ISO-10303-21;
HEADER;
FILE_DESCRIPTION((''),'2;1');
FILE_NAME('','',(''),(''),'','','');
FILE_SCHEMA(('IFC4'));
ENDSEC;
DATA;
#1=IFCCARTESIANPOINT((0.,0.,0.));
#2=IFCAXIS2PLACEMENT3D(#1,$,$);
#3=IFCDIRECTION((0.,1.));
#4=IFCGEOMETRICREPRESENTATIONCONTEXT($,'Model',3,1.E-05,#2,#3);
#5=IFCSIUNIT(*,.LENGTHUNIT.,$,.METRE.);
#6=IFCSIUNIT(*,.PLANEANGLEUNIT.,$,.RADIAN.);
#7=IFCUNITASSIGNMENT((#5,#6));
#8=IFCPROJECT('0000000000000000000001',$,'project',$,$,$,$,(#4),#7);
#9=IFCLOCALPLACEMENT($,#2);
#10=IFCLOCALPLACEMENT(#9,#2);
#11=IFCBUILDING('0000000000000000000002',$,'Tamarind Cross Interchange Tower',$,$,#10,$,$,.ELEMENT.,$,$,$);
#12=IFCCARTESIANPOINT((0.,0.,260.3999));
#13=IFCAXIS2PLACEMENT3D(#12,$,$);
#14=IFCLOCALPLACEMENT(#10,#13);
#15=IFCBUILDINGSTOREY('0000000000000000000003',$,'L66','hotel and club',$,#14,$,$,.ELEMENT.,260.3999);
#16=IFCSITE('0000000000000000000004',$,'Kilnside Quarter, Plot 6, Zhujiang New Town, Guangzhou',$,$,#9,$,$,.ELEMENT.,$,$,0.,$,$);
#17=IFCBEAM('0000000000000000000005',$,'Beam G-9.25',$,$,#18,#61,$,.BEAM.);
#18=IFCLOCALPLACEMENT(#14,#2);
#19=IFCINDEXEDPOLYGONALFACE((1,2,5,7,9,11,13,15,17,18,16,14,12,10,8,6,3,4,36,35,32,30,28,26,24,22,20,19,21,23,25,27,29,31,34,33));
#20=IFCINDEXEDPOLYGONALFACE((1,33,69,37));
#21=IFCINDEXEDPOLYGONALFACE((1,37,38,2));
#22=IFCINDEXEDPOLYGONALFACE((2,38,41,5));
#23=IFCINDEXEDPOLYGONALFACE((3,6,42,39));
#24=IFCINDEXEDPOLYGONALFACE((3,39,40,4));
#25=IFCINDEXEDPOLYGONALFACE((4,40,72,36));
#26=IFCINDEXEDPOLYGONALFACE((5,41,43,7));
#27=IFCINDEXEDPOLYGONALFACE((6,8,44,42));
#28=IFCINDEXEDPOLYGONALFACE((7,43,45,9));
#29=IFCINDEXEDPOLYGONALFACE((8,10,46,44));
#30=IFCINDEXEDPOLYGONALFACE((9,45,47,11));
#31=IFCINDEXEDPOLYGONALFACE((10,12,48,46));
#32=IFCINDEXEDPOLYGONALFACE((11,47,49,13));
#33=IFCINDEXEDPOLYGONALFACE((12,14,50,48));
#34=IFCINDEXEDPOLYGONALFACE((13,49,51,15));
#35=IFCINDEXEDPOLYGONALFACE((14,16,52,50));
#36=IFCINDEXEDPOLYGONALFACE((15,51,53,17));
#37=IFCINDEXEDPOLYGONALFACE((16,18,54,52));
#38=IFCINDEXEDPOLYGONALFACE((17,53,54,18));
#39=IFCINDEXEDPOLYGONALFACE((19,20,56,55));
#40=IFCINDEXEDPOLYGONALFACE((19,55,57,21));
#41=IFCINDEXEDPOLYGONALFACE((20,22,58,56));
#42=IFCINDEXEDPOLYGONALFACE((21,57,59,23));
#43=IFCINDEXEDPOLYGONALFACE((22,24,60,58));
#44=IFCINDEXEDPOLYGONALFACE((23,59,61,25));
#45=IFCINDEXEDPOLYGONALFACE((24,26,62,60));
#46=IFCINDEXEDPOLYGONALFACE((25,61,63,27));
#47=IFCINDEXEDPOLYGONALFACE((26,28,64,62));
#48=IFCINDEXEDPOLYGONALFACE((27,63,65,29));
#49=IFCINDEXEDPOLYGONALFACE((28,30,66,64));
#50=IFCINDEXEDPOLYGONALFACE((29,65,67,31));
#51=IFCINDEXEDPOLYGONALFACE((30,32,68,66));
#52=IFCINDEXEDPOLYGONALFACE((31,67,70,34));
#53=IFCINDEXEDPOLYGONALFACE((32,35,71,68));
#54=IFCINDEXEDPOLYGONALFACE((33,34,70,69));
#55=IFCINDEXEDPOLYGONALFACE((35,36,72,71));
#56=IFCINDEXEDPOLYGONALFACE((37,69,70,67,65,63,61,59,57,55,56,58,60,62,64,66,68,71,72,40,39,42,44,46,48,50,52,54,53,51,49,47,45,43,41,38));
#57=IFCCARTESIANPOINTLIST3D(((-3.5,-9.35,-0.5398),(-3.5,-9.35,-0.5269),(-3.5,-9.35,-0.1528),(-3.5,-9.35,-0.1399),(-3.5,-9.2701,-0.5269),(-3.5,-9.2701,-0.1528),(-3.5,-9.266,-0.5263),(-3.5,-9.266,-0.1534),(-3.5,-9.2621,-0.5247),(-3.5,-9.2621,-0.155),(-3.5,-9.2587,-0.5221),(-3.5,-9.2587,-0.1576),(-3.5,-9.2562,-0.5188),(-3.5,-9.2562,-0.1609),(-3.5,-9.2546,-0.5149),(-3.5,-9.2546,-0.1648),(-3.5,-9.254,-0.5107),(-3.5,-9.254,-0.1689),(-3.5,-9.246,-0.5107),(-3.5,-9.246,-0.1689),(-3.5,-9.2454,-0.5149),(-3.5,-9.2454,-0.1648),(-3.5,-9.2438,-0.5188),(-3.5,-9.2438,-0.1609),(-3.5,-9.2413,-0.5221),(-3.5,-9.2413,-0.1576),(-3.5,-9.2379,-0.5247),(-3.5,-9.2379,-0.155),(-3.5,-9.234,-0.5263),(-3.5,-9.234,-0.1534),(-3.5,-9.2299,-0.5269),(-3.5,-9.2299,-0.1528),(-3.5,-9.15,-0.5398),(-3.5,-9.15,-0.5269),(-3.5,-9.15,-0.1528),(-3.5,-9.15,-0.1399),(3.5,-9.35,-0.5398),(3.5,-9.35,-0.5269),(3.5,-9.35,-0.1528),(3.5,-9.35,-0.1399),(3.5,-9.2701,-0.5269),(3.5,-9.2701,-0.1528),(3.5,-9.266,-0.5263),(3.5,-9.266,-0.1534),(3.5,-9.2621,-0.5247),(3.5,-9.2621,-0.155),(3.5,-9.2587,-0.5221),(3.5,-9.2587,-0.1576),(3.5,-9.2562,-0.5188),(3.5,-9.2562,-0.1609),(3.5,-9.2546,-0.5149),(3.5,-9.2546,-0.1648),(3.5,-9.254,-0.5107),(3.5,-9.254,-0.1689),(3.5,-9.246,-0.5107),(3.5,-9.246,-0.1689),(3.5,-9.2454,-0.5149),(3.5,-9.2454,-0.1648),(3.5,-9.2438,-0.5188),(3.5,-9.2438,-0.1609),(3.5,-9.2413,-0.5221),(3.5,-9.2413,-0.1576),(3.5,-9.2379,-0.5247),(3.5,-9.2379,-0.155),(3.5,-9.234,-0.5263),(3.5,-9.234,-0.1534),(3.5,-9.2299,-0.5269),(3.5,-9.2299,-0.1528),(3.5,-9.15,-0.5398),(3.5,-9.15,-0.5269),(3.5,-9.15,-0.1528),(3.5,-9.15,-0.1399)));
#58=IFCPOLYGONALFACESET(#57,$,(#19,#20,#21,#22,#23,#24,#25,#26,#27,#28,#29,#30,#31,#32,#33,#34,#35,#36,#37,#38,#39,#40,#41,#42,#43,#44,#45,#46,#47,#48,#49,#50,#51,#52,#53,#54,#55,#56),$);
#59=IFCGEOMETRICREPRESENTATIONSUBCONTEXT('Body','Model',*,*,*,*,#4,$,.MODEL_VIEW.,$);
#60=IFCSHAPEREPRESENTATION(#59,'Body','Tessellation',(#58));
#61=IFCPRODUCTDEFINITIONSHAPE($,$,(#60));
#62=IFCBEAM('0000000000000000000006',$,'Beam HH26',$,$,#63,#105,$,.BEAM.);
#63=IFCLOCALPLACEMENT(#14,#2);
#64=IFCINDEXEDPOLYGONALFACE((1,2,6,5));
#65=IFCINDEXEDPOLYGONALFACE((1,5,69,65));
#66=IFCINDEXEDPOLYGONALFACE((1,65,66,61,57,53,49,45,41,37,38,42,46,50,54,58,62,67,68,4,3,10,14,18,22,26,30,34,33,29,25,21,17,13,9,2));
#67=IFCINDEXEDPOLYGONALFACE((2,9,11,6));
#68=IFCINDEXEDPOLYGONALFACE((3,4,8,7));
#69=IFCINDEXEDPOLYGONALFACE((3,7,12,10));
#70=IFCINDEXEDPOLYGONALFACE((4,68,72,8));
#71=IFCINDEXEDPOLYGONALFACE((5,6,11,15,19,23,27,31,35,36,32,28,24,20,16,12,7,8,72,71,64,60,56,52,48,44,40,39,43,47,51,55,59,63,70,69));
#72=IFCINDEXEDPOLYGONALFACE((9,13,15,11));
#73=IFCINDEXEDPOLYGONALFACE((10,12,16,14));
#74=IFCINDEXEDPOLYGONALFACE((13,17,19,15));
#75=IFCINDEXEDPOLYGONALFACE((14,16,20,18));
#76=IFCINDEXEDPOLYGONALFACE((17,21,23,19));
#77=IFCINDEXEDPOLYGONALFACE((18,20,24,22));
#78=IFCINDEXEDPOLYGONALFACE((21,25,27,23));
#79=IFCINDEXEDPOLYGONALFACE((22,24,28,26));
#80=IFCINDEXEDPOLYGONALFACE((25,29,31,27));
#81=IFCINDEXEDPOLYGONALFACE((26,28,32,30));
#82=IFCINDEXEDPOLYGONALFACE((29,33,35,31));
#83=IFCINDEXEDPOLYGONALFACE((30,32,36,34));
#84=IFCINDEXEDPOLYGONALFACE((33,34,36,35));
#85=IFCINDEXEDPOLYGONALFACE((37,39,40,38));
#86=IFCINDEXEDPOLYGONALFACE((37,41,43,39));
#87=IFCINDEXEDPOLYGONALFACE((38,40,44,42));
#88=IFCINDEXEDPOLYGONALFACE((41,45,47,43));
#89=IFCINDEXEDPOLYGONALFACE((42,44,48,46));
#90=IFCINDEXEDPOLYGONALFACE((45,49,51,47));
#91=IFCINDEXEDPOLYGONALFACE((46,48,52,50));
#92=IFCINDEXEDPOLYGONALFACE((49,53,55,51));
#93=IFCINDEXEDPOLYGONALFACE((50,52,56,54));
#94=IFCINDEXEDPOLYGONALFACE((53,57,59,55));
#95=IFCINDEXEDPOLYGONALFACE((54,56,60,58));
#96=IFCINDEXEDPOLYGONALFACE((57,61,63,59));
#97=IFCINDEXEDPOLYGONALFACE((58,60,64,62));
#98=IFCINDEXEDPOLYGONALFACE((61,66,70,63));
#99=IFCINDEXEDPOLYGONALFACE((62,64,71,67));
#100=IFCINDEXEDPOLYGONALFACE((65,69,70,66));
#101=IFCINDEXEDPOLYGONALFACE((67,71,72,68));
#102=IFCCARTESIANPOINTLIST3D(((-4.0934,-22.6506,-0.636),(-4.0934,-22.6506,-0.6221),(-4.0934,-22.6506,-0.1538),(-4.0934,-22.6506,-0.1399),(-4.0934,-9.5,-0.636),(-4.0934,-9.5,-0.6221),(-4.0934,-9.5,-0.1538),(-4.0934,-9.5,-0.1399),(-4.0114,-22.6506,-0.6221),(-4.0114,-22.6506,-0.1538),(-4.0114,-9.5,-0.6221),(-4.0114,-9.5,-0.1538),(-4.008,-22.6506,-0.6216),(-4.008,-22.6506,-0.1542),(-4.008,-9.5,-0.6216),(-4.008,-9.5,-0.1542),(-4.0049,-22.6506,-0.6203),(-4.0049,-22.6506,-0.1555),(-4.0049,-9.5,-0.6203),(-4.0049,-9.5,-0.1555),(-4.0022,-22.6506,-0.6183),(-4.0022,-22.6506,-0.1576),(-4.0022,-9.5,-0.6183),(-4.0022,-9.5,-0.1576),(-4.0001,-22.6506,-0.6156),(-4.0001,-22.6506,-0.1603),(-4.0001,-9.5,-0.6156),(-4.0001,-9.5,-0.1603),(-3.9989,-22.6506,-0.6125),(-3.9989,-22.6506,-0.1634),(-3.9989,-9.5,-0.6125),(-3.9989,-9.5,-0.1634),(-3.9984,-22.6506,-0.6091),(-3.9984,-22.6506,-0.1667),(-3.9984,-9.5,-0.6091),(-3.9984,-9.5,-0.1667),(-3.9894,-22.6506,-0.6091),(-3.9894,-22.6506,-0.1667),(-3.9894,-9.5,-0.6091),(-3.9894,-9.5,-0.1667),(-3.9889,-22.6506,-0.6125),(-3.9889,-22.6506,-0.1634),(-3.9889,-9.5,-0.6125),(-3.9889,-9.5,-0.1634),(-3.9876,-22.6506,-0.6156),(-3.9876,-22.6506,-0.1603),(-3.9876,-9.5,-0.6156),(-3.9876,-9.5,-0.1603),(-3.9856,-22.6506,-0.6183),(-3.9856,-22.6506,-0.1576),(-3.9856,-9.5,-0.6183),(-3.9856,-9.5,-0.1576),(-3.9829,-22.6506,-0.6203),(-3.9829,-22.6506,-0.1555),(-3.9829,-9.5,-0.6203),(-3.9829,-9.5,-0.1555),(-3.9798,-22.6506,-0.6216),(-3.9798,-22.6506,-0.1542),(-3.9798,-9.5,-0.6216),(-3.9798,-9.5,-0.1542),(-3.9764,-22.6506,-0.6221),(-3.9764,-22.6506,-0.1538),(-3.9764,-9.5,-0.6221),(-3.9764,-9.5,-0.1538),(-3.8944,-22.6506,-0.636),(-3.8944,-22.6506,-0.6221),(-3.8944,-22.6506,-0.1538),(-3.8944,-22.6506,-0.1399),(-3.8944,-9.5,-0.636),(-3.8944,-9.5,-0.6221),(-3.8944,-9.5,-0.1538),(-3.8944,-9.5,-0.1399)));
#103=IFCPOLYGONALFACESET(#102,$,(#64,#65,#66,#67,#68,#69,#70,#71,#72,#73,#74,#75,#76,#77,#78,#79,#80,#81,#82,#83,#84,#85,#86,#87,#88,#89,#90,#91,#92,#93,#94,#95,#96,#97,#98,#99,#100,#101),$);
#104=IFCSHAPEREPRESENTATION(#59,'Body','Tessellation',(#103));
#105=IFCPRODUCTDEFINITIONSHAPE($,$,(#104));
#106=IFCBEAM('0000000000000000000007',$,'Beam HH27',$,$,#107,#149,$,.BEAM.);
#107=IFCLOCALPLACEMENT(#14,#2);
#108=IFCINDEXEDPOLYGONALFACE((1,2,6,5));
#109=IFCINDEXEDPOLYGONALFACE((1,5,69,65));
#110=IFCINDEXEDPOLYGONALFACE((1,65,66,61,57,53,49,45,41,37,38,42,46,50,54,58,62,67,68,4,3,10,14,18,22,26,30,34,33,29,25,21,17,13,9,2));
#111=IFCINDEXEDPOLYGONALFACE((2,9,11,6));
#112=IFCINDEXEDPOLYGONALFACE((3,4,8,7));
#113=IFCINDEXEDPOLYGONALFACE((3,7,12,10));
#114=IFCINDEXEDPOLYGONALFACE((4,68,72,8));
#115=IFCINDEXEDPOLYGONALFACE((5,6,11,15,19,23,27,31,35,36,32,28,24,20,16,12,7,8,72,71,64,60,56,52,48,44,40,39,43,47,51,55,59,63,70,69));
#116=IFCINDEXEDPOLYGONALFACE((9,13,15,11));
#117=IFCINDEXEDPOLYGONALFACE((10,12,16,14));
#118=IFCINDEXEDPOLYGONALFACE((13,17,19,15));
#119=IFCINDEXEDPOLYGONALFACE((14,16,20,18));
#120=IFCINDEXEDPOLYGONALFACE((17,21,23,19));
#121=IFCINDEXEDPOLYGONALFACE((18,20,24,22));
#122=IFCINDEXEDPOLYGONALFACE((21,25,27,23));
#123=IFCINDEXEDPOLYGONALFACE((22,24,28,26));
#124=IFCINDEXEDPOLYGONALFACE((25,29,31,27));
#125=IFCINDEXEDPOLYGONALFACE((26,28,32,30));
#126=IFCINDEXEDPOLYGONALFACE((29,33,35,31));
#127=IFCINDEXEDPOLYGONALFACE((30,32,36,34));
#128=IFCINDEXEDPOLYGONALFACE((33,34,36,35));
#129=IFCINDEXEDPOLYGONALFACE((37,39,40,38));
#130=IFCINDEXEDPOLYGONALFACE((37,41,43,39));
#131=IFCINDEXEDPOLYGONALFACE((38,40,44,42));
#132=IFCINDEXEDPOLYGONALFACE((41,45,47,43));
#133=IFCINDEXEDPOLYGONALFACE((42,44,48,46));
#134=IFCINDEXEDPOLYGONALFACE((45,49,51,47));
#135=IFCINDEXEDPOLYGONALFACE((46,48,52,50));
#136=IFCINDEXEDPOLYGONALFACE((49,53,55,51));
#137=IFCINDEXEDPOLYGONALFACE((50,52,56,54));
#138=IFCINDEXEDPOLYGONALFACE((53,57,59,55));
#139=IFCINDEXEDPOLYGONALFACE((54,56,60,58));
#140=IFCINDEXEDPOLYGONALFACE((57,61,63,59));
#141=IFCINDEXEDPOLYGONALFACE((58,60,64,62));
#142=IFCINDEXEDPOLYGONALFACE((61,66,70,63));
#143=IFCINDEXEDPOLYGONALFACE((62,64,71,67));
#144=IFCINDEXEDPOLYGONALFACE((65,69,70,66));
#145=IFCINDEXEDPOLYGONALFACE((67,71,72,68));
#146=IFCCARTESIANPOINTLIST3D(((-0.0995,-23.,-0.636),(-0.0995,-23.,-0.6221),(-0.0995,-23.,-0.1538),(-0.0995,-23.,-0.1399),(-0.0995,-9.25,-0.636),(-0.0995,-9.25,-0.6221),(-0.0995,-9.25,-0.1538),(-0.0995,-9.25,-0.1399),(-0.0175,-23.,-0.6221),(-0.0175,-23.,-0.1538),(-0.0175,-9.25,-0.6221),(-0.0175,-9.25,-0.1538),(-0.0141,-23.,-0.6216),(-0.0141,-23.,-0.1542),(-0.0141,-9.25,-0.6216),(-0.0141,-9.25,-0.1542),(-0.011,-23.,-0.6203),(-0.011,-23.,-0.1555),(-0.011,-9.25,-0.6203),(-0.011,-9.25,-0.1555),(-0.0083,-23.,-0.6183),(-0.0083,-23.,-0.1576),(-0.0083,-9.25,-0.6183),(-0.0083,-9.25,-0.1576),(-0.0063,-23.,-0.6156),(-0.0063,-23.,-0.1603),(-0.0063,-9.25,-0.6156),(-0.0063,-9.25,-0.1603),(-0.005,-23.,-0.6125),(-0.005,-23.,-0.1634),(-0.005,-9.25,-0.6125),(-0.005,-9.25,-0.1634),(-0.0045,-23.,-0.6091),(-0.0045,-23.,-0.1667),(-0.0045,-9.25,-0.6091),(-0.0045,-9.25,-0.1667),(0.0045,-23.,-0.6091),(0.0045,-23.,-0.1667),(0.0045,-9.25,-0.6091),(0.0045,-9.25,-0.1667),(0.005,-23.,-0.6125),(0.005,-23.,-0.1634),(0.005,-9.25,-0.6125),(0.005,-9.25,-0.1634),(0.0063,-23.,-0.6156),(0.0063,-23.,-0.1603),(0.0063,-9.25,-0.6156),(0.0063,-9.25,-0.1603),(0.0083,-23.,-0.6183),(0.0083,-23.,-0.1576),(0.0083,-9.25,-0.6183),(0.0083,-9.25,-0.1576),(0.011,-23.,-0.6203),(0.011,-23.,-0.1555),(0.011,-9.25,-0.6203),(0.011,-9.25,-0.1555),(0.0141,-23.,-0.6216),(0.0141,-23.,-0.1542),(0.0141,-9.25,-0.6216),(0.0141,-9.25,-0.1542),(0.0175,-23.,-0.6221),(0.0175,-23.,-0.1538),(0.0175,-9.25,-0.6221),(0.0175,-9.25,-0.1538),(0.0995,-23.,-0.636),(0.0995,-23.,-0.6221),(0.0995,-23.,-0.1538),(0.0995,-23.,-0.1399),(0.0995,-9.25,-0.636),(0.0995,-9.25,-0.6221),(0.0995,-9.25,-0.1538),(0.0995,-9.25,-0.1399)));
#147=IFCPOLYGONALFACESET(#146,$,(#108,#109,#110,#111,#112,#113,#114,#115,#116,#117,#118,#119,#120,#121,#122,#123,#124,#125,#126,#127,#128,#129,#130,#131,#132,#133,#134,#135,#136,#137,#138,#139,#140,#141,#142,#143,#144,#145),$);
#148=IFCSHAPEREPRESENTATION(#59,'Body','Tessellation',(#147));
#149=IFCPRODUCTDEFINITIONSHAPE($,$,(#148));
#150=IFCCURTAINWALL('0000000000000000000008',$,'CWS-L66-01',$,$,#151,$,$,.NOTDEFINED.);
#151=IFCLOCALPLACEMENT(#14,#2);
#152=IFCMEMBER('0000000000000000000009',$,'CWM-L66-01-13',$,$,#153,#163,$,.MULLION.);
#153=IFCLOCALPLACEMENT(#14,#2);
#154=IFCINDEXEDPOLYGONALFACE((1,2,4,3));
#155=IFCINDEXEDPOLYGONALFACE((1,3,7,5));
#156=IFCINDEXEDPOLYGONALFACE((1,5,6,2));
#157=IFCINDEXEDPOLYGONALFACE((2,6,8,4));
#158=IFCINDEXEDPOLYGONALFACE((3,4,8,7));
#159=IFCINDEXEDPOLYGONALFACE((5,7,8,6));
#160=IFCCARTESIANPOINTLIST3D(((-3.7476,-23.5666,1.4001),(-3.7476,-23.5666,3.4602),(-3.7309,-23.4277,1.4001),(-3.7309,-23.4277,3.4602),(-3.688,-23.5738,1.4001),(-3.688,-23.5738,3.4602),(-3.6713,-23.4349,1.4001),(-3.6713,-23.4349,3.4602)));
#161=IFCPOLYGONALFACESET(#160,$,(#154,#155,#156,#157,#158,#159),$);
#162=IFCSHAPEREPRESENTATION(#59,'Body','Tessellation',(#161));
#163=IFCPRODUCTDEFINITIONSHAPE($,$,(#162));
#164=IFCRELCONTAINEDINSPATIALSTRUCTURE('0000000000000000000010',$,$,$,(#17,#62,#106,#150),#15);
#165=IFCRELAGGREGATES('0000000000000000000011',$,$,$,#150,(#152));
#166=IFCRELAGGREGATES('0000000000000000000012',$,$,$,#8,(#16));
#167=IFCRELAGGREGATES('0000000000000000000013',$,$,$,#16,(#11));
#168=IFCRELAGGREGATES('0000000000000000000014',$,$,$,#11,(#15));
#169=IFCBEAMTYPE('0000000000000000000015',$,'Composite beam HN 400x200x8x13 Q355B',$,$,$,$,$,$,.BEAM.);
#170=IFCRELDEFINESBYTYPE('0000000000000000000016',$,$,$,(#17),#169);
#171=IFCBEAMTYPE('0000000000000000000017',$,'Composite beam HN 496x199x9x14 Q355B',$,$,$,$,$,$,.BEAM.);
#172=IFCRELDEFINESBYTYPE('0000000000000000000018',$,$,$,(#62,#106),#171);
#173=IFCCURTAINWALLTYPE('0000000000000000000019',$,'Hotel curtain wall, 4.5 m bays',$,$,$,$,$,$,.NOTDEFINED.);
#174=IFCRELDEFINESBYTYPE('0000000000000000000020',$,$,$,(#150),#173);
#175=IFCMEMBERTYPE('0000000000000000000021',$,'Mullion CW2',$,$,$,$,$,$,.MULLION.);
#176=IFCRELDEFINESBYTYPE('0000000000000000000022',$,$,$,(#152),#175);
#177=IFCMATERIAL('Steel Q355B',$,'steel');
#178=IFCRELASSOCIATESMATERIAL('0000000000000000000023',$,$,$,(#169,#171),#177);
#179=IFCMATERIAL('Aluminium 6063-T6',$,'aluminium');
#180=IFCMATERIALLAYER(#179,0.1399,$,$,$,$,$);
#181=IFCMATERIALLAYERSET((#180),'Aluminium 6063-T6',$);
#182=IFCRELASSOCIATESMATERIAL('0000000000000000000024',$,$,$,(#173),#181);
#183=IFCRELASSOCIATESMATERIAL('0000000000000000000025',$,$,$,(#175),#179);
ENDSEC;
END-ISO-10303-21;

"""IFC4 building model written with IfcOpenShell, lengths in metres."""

from ifc_helpers import new_model, si_unit, direction, frame, origin, origin_2d, place, context, subcontext, project, spatial, rectangle, i_section, extrude, material, layer, layer_set, material_profile, profile_set, type_object, element, aggregate, save


model = new_model("IFC4")

# Units and contexts
model_context = context("Model", 3, precision=1e-05, world=origin(), true_north=direction((0.0, 1.0)))
body_context = subcontext(model_context, "Body", "Model", "MODEL_VIEW")
ifc_project = project(units=[si_unit("LENGTHUNIT", "METRE"), si_unit("PLANEANGLEUNIT", "RADIAN")], contexts=[model_context])

# Site, building, storey
site_placement = place(None, origin())
site = spatial("IfcSite", under=ifc_project, at=site_placement, Name="Kilnside Quarter, Plot 6, Zhujiang New Town, Guangzhou", CompositionType="ELEMENT", RefElevation=0.0)
building_placement = place(site_placement, origin())
building = spatial("IfcBuilding", under=site, at=building_placement, Name="Tamarind Cross Interchange Tower", CompositionType="ELEMENT")
storey_placement = place(building_placement, frame((0.0, 0.0, 260.3999)))
storey = spatial("IfcBuildingStorey", under=building, at=storey_placement, Name="L66", Description="hotel and club", CompositionType="ELEMENT", Elevation=260.3999)

# Beams
ifc_material_1 = material(Name="Steel Q355B", Category="steel")
ifc_material_profile_1 = material_profile(ifc_material_1, i_section(OverallWidth=0.2, OverallDepth=0.3999, WebThickness=0.0081, FlangeThickness=0.0129, FilletRadius=0.0161, at=origin_2d()), Name="HN 400x200x8x13")
ifc_profile_set_1 = profile_set([ifc_material_profile_1], Name="Steel Q355B")
beam_type_1 = type_object("IfcBeamType", Name="Composite beam HN 400x200x8x13 Q355B", PredefinedType="BEAM", material=ifc_profile_set_1)
for number, where, z_axis, x_axis, name in (
    (1, (-3.5, -9.25, -0.3398), (1.0, 0.0, 0.0), (0.0, 1.0, 0.0), "Beam G-9.25"),
):
    element("IfcBeam", number, at=place(storey_placement, frame(where, z_axis=z_axis, x_axis=x_axis)), inside=storey, type_object=beam_type_1, Name=name, PredefinedType="BEAM", context=body_context, shape_type="SweptSolid", body=[
        extrude(i_section(OverallWidth=0.2, OverallDepth=0.3999, WebThickness=0.0081, FlangeThickness=0.0129, FilletRadius=0.0161, at=origin_2d()), origin(), (0.0, 0.0, 1.0), 7.0),
    ])
ifc_material_profile_2 = material_profile(ifc_material_1, i_section(OverallWidth=0.199, OverallDepth=0.4961, WebThickness=0.009, FlangeThickness=0.0139, FilletRadius=0.0129, at=origin_2d()), Name="HN 496x199x9x14")
ifc_profile_set_2 = profile_set([ifc_material_profile_2], Name="Steel Q355B")
beam_type_2 = type_object("IfcBeamType", Name="Composite beam HN 496x199x9x14 Q355B", PredefinedType="BEAM", material=ifc_profile_set_2)
beam_1_placement = place(storey_placement, frame((-3.9939, -22.6506, -0.3879), z_axis=(0.0, 1.0, 0.0), x_axis=(-1.0, 0.0, 0.0)))
element("IfcBeam", 2, at=beam_1_placement, inside=storey, type_object=beam_type_2, Name="Beam HH26", PredefinedType="BEAM", context=body_context, shape_type="SweptSolid", body=[
    extrude(i_section(OverallWidth=0.199, OverallDepth=0.4961, WebThickness=0.009, FlangeThickness=0.0139, FilletRadius=0.0129, at=origin_2d()), origin(), (0.0, 0.0, 1.0), 13.1506),
])
beam_2_placement = place(storey_placement, frame((0.0, -23.0, -0.3879), z_axis=(0.0, 1.0, 0.0), x_axis=(-1.0, 0.0, 0.0)))
element("IfcBeam", 3, at=beam_2_placement, inside=storey, type_object=beam_type_2, Name="Beam HH27", PredefinedType="BEAM", context=body_context, shape_type="SweptSolid", body=[
    extrude(i_section(OverallWidth=0.199, OverallDepth=0.4961, WebThickness=0.009, FlangeThickness=0.0139, FilletRadius=0.0129, at=origin_2d()), origin(), (0.0, 0.0, 1.0), 13.75),
])

# Curtain wall, member
ifc_material_2 = material(Name="Aluminium 6063-T6", Category="aluminium")
ifc_layer_1 = layer(ifc_material_2, 0.1399)
ifc_layer_set_1 = layer_set([ifc_layer_1], Name="Aluminium 6063-T6")
curtain_wall_type = type_object("IfcCurtainWallType", Name="Hotel curtain wall, 4.5 m bays", PredefinedType="NOTDEFINED", material=ifc_layer_set_1)
curtain_wall_placement = place(storey_placement, origin())
curtain_wall = element("IfcCurtainWall", 4, at=curtain_wall_placement, inside=storey, type_object=curtain_wall_type, Name="CWS-L66-01", PredefinedType="NOTDEFINED")
ifc_material_profile_3 = material_profile(ifc_material_2, rectangle(XDim=0.0601, YDim=0.1399, at=origin_2d()), Name="Mullion CW2")
ifc_profile_set_3 = profile_set([ifc_material_profile_3], Name="Aluminium 6063-T6")
member_type = type_object("IfcMemberType", Name="Mullion CW2", PredefinedType="MULLION", material=ifc_profile_set_3)
member_placement = place(storey_placement, frame((-3.7095, -23.5007, 1.4001), z_axis=(0.0, 0.0, 1.0), x_axis=(0.992844, -0.119421, 0.0)))
member = element("IfcMember", 5, at=member_placement, type_object=member_type, Name="CWM-L66-01-13", PredefinedType="MULLION", context=body_context, shape_type="SweptSolid", body=[
    extrude(rectangle(XDim=0.0601, YDim=0.1399, at=origin_2d()), origin(), (0.0, 0.0, 1.0), 2.0601),
])
aggregate(curtain_wall, [member])

save(model, "model.ifc")
